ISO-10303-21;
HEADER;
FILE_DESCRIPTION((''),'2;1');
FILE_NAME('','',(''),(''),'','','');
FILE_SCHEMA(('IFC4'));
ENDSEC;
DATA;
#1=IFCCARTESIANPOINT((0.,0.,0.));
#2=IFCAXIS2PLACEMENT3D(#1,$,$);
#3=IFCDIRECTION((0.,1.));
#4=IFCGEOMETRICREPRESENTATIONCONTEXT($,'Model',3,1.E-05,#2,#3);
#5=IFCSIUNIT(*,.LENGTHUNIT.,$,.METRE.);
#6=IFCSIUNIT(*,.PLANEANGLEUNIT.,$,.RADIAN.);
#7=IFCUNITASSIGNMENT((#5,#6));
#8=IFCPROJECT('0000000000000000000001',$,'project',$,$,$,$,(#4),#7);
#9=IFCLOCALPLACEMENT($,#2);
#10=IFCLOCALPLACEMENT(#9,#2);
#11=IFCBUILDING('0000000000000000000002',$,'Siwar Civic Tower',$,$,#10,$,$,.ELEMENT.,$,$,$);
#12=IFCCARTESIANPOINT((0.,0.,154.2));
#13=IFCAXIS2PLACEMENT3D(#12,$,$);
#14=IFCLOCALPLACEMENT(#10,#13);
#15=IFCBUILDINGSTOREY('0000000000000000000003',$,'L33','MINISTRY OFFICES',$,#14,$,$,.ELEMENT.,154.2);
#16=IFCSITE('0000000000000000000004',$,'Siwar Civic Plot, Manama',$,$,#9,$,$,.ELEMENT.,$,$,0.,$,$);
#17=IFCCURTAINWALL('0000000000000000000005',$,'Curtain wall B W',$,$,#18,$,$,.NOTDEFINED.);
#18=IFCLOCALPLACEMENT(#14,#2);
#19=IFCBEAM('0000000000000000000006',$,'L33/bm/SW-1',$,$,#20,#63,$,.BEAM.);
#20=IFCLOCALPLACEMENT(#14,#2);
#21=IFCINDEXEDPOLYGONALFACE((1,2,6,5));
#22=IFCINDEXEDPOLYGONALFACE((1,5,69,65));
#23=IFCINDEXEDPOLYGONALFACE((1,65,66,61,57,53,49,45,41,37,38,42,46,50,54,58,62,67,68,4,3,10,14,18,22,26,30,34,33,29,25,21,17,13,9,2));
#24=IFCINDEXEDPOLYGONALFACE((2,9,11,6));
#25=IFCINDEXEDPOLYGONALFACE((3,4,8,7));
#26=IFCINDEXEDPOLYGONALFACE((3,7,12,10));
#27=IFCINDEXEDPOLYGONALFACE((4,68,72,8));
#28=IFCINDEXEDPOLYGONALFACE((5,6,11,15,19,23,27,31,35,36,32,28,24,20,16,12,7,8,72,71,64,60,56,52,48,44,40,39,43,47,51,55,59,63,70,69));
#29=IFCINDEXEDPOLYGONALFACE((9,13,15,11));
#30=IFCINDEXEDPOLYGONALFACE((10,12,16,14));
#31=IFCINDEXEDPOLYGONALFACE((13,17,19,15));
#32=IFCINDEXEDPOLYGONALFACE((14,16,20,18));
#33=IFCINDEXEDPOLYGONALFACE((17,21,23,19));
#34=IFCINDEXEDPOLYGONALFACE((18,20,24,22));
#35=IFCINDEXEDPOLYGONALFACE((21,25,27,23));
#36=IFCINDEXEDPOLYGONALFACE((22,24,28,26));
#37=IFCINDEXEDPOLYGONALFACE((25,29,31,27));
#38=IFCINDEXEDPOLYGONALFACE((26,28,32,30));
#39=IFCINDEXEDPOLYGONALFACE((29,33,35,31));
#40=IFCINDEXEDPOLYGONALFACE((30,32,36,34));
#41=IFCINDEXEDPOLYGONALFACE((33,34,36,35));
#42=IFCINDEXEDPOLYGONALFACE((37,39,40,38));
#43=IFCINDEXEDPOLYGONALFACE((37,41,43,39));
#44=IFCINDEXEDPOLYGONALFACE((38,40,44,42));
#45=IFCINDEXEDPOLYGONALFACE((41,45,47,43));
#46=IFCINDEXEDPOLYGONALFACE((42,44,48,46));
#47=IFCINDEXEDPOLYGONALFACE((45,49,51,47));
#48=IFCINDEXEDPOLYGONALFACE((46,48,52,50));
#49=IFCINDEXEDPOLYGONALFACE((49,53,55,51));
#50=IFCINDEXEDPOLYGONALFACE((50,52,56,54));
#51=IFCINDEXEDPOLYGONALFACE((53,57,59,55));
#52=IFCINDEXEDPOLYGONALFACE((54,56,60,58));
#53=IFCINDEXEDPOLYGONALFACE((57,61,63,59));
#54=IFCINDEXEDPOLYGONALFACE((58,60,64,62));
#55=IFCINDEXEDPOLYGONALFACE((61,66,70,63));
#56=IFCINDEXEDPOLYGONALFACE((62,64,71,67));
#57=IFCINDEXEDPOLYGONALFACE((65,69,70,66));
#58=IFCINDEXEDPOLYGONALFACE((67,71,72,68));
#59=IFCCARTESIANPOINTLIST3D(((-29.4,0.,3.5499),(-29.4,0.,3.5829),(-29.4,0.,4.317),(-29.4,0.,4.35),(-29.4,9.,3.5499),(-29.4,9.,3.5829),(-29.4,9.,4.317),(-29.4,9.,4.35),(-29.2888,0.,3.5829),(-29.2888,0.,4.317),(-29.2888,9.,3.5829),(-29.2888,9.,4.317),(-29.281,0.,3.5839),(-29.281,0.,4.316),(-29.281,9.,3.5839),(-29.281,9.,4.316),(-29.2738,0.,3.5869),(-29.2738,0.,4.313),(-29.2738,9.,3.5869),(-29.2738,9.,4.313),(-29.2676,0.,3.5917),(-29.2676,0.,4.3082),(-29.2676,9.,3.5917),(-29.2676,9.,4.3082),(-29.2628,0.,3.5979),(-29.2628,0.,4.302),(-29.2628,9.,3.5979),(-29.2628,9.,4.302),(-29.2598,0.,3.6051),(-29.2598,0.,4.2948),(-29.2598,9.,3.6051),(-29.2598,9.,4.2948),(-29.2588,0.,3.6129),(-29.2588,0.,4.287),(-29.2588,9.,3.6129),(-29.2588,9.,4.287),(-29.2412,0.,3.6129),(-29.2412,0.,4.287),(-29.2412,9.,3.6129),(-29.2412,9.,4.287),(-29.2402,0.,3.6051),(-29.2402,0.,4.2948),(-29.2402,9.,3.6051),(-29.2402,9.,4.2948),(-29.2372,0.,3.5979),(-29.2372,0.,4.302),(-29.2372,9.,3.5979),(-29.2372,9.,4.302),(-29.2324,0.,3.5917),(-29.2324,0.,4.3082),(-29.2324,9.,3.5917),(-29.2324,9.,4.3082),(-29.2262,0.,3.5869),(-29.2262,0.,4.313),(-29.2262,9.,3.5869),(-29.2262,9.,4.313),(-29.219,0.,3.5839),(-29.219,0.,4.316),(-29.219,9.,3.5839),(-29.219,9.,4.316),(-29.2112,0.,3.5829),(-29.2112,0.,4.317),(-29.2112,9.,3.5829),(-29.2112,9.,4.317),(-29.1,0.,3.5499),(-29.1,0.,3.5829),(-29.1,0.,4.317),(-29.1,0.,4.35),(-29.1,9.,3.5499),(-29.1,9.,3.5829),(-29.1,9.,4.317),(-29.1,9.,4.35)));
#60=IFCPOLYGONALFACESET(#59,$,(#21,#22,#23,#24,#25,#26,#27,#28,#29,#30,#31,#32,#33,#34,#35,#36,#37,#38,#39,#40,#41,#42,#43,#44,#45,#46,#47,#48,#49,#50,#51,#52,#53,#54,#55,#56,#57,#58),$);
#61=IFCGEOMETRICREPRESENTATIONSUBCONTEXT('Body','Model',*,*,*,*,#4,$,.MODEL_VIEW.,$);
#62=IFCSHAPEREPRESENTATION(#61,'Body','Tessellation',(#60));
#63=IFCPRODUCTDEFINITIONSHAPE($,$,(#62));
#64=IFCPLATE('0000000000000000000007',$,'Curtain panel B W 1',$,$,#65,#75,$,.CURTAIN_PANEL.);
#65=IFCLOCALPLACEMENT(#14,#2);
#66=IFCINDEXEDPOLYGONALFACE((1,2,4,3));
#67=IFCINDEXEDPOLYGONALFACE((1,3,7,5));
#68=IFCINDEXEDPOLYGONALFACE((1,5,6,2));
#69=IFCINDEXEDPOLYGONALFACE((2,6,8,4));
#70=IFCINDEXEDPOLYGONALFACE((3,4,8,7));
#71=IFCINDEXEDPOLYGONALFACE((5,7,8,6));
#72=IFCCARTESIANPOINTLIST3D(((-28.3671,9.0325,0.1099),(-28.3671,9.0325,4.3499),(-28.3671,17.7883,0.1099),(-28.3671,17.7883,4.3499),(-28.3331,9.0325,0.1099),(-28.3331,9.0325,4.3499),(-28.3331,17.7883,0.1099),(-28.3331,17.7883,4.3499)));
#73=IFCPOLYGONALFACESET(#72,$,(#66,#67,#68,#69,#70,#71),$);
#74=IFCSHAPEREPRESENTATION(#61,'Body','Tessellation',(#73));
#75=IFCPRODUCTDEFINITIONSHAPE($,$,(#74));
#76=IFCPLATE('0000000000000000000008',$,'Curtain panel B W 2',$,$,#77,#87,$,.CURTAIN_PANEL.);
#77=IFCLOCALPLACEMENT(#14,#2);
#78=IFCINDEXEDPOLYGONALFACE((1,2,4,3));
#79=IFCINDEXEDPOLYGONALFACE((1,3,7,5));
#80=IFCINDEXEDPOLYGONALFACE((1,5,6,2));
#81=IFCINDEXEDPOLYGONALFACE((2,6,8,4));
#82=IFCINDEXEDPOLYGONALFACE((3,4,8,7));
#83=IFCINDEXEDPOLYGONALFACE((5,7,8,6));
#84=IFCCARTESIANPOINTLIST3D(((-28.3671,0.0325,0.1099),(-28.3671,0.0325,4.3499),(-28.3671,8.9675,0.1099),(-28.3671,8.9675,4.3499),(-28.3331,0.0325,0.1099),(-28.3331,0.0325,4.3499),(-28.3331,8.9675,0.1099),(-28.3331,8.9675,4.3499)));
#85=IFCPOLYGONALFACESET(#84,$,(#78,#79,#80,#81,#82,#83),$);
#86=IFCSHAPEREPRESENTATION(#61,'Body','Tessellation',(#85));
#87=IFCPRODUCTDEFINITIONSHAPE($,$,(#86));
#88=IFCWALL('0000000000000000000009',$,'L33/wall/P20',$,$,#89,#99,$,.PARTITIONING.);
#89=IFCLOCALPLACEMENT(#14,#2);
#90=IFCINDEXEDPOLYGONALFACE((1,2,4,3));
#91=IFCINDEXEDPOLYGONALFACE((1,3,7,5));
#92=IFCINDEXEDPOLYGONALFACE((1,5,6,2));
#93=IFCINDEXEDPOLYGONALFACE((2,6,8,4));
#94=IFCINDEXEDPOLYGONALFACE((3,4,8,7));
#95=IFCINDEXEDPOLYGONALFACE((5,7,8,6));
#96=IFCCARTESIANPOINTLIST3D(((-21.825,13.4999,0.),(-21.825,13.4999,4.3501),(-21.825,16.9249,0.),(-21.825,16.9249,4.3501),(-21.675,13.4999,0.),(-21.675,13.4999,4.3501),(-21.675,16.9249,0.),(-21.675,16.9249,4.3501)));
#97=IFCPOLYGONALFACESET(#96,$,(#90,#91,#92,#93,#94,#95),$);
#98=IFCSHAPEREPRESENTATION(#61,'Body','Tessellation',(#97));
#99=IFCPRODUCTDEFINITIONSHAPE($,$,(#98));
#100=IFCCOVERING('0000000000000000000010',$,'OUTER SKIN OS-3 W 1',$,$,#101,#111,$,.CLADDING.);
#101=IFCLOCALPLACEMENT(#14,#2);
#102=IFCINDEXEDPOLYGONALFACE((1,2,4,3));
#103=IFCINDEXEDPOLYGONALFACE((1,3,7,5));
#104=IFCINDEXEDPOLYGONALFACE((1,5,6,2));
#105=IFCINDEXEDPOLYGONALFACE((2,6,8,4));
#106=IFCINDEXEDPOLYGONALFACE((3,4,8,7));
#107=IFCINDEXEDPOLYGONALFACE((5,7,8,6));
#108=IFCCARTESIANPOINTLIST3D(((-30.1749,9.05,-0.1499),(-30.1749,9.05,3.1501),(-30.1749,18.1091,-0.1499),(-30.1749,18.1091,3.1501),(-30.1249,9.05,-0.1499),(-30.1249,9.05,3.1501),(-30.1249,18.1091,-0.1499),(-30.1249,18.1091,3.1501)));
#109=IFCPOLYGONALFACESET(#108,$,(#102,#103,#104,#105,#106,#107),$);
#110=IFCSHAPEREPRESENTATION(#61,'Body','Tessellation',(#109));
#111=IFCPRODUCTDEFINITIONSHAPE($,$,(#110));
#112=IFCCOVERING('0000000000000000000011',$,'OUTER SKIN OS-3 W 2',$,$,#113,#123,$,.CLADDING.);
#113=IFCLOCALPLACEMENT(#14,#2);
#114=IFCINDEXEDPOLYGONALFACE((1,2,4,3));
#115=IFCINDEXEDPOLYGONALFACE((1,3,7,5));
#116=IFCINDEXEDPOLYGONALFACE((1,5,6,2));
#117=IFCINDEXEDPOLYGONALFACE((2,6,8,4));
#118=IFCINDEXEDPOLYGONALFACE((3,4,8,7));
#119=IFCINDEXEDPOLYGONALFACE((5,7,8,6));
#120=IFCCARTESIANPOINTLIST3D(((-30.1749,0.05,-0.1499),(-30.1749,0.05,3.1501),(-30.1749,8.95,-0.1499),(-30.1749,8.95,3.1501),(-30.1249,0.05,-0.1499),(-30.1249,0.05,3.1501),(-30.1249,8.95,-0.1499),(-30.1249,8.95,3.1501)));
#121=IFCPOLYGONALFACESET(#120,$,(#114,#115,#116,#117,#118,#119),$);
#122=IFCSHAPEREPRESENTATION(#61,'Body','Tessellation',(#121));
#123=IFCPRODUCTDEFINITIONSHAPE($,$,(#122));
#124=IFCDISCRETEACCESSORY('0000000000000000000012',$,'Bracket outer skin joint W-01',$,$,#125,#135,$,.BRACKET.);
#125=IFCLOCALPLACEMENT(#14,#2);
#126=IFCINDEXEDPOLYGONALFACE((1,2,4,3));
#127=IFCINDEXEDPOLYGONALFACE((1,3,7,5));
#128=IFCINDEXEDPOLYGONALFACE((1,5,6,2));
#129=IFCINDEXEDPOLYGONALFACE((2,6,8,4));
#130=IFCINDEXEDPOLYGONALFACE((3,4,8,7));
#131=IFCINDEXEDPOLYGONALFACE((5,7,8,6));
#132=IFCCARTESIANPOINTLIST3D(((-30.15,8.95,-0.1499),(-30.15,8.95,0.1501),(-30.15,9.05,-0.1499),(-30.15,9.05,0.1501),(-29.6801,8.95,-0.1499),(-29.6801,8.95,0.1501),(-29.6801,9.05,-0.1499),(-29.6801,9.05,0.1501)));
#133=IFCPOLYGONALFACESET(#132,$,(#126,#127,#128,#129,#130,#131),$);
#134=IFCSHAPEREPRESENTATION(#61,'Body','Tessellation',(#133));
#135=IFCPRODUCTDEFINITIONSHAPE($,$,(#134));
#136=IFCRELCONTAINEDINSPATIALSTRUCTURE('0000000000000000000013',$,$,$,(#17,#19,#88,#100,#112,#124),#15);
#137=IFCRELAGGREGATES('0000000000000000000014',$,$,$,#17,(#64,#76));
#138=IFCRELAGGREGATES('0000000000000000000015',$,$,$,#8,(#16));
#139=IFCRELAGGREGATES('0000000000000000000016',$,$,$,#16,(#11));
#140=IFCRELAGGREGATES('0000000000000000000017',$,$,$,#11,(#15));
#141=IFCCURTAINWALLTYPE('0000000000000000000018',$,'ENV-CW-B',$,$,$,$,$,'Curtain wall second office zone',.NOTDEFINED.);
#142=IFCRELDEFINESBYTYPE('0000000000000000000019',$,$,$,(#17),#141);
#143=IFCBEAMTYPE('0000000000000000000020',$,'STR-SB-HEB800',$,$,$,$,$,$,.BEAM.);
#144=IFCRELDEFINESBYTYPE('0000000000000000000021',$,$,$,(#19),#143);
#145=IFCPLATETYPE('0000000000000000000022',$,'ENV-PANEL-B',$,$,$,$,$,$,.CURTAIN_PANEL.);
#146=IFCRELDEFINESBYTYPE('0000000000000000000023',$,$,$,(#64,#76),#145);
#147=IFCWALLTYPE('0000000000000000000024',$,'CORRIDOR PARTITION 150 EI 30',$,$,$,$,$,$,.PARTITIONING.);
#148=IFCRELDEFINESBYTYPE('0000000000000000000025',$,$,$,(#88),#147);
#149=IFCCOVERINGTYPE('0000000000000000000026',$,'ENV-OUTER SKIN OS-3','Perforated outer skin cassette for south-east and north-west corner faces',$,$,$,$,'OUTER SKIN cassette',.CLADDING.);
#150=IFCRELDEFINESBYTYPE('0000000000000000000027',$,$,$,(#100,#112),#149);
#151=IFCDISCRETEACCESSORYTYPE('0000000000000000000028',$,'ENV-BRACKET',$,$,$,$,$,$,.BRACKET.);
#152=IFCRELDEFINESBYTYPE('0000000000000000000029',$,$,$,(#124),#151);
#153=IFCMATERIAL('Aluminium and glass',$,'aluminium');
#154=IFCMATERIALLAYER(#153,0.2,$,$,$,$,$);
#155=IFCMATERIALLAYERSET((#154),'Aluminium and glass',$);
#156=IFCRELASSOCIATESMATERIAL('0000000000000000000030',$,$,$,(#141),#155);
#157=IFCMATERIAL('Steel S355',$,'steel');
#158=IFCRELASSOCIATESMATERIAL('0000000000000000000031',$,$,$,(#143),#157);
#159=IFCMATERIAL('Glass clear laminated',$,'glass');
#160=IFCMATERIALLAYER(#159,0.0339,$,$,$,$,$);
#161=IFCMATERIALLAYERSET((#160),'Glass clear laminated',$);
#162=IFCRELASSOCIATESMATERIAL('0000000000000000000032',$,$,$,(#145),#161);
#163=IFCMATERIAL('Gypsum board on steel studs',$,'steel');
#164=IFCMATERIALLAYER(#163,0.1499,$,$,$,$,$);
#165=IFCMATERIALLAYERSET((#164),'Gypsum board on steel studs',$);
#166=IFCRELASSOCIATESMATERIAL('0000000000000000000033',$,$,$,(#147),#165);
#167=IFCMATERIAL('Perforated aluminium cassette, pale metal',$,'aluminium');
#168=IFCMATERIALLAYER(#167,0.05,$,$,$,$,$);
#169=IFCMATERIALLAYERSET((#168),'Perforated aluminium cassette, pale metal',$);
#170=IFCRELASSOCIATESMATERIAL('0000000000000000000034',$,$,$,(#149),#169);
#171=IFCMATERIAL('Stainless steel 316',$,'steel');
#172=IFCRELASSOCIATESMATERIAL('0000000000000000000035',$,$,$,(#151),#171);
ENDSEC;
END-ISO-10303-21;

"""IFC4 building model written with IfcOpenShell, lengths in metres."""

from ifc_helpers import new_model, si_unit, direction, frame, frame_2d, origin, origin_2d, place, context, subcontext, project, spatial, rectangle, i_section, extrude, material, layer, layer_set, material_profile, profile_set, type_object, element, aggregate, save


model = new_model("IFC4")

# Units and contexts
model_context = context("Model", 3, precision=1e-05, world=origin(), true_north=direction((0.0, 1.0)))
body_context = subcontext(model_context, "Body", "Model", "MODEL_VIEW")
ifc_project = project(units=[si_unit("LENGTHUNIT", "METRE"), si_unit("PLANEANGLEUNIT", "RADIAN")], contexts=[model_context])

# Site, building, storey
site_placement = place(None, origin())
site = spatial("IfcSite", under=ifc_project, at=site_placement, Name="Siwar Civic Plot, Manama", CompositionType="ELEMENT", RefElevation=0.0)
building_placement = place(site_placement, origin())
building = spatial("IfcBuilding", under=site, at=building_placement, Name="Siwar Civic Tower", CompositionType="ELEMENT")
storey_placement = place(building_placement, frame((0.0, 0.0, 154.2)))
storey = spatial("IfcBuildingStorey", under=building, at=storey_placement, Name="L33", Description="MINISTRY OFFICES", CompositionType="ELEMENT", Elevation=154.2)

# Curtain wall
ifc_material_1 = material(Name="Aluminium and glass", Category="aluminium")
ifc_layer_1 = layer(ifc_material_1, 0.2)
ifc_layer_set_1 = layer_set([ifc_layer_1], Name="Aluminium and glass")
curtain_wall_type = type_object("IfcCurtainWallType", Name="ENV-CW-B", ElementType="Curtain wall second office zone", PredefinedType="NOTDEFINED", material=ifc_layer_set_1)
curtain_wall_placement = place(storey_placement, origin())
curtain_wall = element("IfcCurtainWall", 1, at=curtain_wall_placement, inside=storey, type_object=curtain_wall_type, Name="Curtain wall B W", PredefinedType="NOTDEFINED")

# Beam
ifc_material_2 = material(Name="Steel S355", Category="steel")
ifc_material_profile_1 = material_profile(ifc_material_2, i_section(OverallWidth=0.3, OverallDepth=0.8, WebThickness=0.0176, FlangeThickness=0.033, FilletRadius=0.03, at=origin_2d()), Name="HEB800")
ifc_profile_set_1 = profile_set([ifc_material_profile_1], Name="Steel S355")
beam_type_1 = type_object("IfcBeamType", Name="STR-SB-HEB800", PredefinedType="BEAM", material=ifc_profile_set_1)
beam_1_placement = place(storey_placement, frame((-29.25, 9.0, 3.95), z_axis=(0.0, -1.0, 0.0), x_axis=(1.0, 0.0, 0.0)))
element("IfcBeam", 2, at=beam_1_placement, inside=storey, type_object=beam_type_1, Name="L33/bm/SW-1", PredefinedType="BEAM", context=body_context, shape_type="SweptSolid", body=[
    extrude(i_section(OverallWidth=0.3, OverallDepth=0.8, WebThickness=0.0176, FlangeThickness=0.033, FilletRadius=0.03, at=origin_2d()), origin(), (0.0, 0.0, 1.0), 9.0),
])

# Plates
ifc_material_3 = material(Name="Glass clear laminated", Category="glass")
ifc_layer_2 = layer(ifc_material_3, 0.0339)
ifc_layer_set_2 = layer_set([ifc_layer_2], Name="Glass clear laminated")
plate_type = type_object("IfcPlateType", Name="ENV-PANEL-B", PredefinedType="CURTAIN_PANEL", material=ifc_layer_set_2)
plate_1_placement = place(storey_placement, frame((-28.3501, 13.4104, 0.1099), z_axis=(0.0, 0.0, 1.0), x_axis=(0.0, -1.0, 0.0)))
plate_1 = element("IfcPlate", 3, at=plate_1_placement, type_object=plate_type, Name="Curtain panel B W 1", PredefinedType="CURTAIN_PANEL", context=body_context, shape_type="SweptSolid", body=[
    extrude(rectangle(XDim=8.7559, YDim=0.0339, at=origin_2d()), origin(), (0.0, 0.0, 1.0), 4.24),
])
plate_2_placement = place(storey_placement, frame((-28.3501, 4.5, 0.1099), z_axis=(0.0, 0.0, 1.0), x_axis=(0.0, -1.0, 0.0)))
plate_2 = element("IfcPlate", 4, at=plate_2_placement, type_object=plate_type, Name="Curtain panel B W 2", PredefinedType="CURTAIN_PANEL", context=body_context, shape_type="SweptSolid", body=[
    extrude(rectangle(XDim=8.9351, YDim=0.0339, at=origin_2d()), origin(), (0.0, 0.0, 1.0), 4.24),
])
aggregate(curtain_wall, [plate_1, plate_2])

# Wall
ifc_material_4 = material(Name="Gypsum board on steel studs", Category="steel")
ifc_layer_3 = layer(ifc_material_4, 0.1499)
ifc_layer_set_3 = layer_set([ifc_layer_3], Name="Gypsum board on steel studs")
wall_type = type_object("IfcWallType", Name="CORRIDOR PARTITION 150 EI 30", PredefinedType="PARTITIONING", material=ifc_layer_set_3)
wall_placement = place(storey_placement, frame((-21.75, 13.5, 0.0), z_axis=(0.0, 0.0, 1.0), x_axis=(0.0, 1.0, 0.0)))
element("IfcWall", 5, at=wall_placement, inside=storey, type_object=wall_type, Name="L33/wall/P20", PredefinedType="PARTITIONING", context=body_context, shape_type="SweptSolid", body=[
    extrude(rectangle(XDim=3.425, YDim=0.1499, at=frame_2d((1.7124, 0.0))), origin(), (0.0, 0.0, 1.0), 4.3501),
])

# Coverings
ifc_material_5 = material(Name="Perforated aluminium cassette, pale metal", Category="aluminium")
ifc_layer_4 = layer(ifc_material_5, 0.05)
ifc_layer_set_4 = layer_set([ifc_layer_4], Name="Perforated aluminium cassette, pale metal")
covering_type = type_object("IfcCoveringType", Name="ENV-OUTER SKIN OS-3", Description="Perforated outer skin cassette for south-east and north-west corner faces", ElementType="OUTER SKIN cassette", PredefinedType="CLADDING", material=ifc_layer_set_4)
covering_1_placement = place(storey_placement, frame((-30.1499, 13.5796, -0.1499), z_axis=(0.0, 0.0, 1.0), x_axis=(0.0, -1.0, 0.0)))
element("IfcCovering", 6, at=covering_1_placement, inside=storey, type_object=covering_type, Name="OUTER SKIN OS-3 W 1", PredefinedType="CLADDING", context=body_context, shape_type="SweptSolid", body=[
    extrude(rectangle(XDim=9.0591, YDim=0.05, at=origin_2d()), origin(), (0.0, 0.0, 1.0), 3.3),
])
covering_2_placement = place(storey_placement, frame((-30.1499, 4.5, -0.1499), z_axis=(0.0, 0.0, 1.0), x_axis=(0.0, -1.0, 0.0)))
element("IfcCovering", 7, at=covering_2_placement, inside=storey, type_object=covering_type, Name="OUTER SKIN OS-3 W 2", PredefinedType="CLADDING", context=body_context, shape_type="SweptSolid", body=[
    extrude(rectangle(XDim=8.8999, YDim=0.05, at=origin_2d()), origin(), (0.0, 0.0, 1.0), 3.3),
])

# Discrete accessory
ifc_material_6 = material(Name="Stainless steel 316", Category="steel")
discrete_accessory_type = type_object("IfcDiscreteAccessoryType", Name="ENV-BRACKET", PredefinedType="BRACKET", material=ifc_material_6)
discrete_accessory_placement = place(storey_placement, frame((-29.915, 9.0, -0.1499), z_axis=(0.0, 0.0, 1.0), x_axis=(-1.0, 0.0, 0.0)))
element("IfcDiscreteAccessory", 8, at=discrete_accessory_placement, inside=storey, type_object=discrete_accessory_type, Name="Bracket outer skin joint W-01", PredefinedType="BRACKET", context=body_context, shape_type="SweptSolid", body=[
    extrude(rectangle(XDim=0.47, YDim=0.1001, at=origin_2d()), origin(), (0.0, 0.0, 1.0), 0.3),
])

save(model, "model.ifc")
